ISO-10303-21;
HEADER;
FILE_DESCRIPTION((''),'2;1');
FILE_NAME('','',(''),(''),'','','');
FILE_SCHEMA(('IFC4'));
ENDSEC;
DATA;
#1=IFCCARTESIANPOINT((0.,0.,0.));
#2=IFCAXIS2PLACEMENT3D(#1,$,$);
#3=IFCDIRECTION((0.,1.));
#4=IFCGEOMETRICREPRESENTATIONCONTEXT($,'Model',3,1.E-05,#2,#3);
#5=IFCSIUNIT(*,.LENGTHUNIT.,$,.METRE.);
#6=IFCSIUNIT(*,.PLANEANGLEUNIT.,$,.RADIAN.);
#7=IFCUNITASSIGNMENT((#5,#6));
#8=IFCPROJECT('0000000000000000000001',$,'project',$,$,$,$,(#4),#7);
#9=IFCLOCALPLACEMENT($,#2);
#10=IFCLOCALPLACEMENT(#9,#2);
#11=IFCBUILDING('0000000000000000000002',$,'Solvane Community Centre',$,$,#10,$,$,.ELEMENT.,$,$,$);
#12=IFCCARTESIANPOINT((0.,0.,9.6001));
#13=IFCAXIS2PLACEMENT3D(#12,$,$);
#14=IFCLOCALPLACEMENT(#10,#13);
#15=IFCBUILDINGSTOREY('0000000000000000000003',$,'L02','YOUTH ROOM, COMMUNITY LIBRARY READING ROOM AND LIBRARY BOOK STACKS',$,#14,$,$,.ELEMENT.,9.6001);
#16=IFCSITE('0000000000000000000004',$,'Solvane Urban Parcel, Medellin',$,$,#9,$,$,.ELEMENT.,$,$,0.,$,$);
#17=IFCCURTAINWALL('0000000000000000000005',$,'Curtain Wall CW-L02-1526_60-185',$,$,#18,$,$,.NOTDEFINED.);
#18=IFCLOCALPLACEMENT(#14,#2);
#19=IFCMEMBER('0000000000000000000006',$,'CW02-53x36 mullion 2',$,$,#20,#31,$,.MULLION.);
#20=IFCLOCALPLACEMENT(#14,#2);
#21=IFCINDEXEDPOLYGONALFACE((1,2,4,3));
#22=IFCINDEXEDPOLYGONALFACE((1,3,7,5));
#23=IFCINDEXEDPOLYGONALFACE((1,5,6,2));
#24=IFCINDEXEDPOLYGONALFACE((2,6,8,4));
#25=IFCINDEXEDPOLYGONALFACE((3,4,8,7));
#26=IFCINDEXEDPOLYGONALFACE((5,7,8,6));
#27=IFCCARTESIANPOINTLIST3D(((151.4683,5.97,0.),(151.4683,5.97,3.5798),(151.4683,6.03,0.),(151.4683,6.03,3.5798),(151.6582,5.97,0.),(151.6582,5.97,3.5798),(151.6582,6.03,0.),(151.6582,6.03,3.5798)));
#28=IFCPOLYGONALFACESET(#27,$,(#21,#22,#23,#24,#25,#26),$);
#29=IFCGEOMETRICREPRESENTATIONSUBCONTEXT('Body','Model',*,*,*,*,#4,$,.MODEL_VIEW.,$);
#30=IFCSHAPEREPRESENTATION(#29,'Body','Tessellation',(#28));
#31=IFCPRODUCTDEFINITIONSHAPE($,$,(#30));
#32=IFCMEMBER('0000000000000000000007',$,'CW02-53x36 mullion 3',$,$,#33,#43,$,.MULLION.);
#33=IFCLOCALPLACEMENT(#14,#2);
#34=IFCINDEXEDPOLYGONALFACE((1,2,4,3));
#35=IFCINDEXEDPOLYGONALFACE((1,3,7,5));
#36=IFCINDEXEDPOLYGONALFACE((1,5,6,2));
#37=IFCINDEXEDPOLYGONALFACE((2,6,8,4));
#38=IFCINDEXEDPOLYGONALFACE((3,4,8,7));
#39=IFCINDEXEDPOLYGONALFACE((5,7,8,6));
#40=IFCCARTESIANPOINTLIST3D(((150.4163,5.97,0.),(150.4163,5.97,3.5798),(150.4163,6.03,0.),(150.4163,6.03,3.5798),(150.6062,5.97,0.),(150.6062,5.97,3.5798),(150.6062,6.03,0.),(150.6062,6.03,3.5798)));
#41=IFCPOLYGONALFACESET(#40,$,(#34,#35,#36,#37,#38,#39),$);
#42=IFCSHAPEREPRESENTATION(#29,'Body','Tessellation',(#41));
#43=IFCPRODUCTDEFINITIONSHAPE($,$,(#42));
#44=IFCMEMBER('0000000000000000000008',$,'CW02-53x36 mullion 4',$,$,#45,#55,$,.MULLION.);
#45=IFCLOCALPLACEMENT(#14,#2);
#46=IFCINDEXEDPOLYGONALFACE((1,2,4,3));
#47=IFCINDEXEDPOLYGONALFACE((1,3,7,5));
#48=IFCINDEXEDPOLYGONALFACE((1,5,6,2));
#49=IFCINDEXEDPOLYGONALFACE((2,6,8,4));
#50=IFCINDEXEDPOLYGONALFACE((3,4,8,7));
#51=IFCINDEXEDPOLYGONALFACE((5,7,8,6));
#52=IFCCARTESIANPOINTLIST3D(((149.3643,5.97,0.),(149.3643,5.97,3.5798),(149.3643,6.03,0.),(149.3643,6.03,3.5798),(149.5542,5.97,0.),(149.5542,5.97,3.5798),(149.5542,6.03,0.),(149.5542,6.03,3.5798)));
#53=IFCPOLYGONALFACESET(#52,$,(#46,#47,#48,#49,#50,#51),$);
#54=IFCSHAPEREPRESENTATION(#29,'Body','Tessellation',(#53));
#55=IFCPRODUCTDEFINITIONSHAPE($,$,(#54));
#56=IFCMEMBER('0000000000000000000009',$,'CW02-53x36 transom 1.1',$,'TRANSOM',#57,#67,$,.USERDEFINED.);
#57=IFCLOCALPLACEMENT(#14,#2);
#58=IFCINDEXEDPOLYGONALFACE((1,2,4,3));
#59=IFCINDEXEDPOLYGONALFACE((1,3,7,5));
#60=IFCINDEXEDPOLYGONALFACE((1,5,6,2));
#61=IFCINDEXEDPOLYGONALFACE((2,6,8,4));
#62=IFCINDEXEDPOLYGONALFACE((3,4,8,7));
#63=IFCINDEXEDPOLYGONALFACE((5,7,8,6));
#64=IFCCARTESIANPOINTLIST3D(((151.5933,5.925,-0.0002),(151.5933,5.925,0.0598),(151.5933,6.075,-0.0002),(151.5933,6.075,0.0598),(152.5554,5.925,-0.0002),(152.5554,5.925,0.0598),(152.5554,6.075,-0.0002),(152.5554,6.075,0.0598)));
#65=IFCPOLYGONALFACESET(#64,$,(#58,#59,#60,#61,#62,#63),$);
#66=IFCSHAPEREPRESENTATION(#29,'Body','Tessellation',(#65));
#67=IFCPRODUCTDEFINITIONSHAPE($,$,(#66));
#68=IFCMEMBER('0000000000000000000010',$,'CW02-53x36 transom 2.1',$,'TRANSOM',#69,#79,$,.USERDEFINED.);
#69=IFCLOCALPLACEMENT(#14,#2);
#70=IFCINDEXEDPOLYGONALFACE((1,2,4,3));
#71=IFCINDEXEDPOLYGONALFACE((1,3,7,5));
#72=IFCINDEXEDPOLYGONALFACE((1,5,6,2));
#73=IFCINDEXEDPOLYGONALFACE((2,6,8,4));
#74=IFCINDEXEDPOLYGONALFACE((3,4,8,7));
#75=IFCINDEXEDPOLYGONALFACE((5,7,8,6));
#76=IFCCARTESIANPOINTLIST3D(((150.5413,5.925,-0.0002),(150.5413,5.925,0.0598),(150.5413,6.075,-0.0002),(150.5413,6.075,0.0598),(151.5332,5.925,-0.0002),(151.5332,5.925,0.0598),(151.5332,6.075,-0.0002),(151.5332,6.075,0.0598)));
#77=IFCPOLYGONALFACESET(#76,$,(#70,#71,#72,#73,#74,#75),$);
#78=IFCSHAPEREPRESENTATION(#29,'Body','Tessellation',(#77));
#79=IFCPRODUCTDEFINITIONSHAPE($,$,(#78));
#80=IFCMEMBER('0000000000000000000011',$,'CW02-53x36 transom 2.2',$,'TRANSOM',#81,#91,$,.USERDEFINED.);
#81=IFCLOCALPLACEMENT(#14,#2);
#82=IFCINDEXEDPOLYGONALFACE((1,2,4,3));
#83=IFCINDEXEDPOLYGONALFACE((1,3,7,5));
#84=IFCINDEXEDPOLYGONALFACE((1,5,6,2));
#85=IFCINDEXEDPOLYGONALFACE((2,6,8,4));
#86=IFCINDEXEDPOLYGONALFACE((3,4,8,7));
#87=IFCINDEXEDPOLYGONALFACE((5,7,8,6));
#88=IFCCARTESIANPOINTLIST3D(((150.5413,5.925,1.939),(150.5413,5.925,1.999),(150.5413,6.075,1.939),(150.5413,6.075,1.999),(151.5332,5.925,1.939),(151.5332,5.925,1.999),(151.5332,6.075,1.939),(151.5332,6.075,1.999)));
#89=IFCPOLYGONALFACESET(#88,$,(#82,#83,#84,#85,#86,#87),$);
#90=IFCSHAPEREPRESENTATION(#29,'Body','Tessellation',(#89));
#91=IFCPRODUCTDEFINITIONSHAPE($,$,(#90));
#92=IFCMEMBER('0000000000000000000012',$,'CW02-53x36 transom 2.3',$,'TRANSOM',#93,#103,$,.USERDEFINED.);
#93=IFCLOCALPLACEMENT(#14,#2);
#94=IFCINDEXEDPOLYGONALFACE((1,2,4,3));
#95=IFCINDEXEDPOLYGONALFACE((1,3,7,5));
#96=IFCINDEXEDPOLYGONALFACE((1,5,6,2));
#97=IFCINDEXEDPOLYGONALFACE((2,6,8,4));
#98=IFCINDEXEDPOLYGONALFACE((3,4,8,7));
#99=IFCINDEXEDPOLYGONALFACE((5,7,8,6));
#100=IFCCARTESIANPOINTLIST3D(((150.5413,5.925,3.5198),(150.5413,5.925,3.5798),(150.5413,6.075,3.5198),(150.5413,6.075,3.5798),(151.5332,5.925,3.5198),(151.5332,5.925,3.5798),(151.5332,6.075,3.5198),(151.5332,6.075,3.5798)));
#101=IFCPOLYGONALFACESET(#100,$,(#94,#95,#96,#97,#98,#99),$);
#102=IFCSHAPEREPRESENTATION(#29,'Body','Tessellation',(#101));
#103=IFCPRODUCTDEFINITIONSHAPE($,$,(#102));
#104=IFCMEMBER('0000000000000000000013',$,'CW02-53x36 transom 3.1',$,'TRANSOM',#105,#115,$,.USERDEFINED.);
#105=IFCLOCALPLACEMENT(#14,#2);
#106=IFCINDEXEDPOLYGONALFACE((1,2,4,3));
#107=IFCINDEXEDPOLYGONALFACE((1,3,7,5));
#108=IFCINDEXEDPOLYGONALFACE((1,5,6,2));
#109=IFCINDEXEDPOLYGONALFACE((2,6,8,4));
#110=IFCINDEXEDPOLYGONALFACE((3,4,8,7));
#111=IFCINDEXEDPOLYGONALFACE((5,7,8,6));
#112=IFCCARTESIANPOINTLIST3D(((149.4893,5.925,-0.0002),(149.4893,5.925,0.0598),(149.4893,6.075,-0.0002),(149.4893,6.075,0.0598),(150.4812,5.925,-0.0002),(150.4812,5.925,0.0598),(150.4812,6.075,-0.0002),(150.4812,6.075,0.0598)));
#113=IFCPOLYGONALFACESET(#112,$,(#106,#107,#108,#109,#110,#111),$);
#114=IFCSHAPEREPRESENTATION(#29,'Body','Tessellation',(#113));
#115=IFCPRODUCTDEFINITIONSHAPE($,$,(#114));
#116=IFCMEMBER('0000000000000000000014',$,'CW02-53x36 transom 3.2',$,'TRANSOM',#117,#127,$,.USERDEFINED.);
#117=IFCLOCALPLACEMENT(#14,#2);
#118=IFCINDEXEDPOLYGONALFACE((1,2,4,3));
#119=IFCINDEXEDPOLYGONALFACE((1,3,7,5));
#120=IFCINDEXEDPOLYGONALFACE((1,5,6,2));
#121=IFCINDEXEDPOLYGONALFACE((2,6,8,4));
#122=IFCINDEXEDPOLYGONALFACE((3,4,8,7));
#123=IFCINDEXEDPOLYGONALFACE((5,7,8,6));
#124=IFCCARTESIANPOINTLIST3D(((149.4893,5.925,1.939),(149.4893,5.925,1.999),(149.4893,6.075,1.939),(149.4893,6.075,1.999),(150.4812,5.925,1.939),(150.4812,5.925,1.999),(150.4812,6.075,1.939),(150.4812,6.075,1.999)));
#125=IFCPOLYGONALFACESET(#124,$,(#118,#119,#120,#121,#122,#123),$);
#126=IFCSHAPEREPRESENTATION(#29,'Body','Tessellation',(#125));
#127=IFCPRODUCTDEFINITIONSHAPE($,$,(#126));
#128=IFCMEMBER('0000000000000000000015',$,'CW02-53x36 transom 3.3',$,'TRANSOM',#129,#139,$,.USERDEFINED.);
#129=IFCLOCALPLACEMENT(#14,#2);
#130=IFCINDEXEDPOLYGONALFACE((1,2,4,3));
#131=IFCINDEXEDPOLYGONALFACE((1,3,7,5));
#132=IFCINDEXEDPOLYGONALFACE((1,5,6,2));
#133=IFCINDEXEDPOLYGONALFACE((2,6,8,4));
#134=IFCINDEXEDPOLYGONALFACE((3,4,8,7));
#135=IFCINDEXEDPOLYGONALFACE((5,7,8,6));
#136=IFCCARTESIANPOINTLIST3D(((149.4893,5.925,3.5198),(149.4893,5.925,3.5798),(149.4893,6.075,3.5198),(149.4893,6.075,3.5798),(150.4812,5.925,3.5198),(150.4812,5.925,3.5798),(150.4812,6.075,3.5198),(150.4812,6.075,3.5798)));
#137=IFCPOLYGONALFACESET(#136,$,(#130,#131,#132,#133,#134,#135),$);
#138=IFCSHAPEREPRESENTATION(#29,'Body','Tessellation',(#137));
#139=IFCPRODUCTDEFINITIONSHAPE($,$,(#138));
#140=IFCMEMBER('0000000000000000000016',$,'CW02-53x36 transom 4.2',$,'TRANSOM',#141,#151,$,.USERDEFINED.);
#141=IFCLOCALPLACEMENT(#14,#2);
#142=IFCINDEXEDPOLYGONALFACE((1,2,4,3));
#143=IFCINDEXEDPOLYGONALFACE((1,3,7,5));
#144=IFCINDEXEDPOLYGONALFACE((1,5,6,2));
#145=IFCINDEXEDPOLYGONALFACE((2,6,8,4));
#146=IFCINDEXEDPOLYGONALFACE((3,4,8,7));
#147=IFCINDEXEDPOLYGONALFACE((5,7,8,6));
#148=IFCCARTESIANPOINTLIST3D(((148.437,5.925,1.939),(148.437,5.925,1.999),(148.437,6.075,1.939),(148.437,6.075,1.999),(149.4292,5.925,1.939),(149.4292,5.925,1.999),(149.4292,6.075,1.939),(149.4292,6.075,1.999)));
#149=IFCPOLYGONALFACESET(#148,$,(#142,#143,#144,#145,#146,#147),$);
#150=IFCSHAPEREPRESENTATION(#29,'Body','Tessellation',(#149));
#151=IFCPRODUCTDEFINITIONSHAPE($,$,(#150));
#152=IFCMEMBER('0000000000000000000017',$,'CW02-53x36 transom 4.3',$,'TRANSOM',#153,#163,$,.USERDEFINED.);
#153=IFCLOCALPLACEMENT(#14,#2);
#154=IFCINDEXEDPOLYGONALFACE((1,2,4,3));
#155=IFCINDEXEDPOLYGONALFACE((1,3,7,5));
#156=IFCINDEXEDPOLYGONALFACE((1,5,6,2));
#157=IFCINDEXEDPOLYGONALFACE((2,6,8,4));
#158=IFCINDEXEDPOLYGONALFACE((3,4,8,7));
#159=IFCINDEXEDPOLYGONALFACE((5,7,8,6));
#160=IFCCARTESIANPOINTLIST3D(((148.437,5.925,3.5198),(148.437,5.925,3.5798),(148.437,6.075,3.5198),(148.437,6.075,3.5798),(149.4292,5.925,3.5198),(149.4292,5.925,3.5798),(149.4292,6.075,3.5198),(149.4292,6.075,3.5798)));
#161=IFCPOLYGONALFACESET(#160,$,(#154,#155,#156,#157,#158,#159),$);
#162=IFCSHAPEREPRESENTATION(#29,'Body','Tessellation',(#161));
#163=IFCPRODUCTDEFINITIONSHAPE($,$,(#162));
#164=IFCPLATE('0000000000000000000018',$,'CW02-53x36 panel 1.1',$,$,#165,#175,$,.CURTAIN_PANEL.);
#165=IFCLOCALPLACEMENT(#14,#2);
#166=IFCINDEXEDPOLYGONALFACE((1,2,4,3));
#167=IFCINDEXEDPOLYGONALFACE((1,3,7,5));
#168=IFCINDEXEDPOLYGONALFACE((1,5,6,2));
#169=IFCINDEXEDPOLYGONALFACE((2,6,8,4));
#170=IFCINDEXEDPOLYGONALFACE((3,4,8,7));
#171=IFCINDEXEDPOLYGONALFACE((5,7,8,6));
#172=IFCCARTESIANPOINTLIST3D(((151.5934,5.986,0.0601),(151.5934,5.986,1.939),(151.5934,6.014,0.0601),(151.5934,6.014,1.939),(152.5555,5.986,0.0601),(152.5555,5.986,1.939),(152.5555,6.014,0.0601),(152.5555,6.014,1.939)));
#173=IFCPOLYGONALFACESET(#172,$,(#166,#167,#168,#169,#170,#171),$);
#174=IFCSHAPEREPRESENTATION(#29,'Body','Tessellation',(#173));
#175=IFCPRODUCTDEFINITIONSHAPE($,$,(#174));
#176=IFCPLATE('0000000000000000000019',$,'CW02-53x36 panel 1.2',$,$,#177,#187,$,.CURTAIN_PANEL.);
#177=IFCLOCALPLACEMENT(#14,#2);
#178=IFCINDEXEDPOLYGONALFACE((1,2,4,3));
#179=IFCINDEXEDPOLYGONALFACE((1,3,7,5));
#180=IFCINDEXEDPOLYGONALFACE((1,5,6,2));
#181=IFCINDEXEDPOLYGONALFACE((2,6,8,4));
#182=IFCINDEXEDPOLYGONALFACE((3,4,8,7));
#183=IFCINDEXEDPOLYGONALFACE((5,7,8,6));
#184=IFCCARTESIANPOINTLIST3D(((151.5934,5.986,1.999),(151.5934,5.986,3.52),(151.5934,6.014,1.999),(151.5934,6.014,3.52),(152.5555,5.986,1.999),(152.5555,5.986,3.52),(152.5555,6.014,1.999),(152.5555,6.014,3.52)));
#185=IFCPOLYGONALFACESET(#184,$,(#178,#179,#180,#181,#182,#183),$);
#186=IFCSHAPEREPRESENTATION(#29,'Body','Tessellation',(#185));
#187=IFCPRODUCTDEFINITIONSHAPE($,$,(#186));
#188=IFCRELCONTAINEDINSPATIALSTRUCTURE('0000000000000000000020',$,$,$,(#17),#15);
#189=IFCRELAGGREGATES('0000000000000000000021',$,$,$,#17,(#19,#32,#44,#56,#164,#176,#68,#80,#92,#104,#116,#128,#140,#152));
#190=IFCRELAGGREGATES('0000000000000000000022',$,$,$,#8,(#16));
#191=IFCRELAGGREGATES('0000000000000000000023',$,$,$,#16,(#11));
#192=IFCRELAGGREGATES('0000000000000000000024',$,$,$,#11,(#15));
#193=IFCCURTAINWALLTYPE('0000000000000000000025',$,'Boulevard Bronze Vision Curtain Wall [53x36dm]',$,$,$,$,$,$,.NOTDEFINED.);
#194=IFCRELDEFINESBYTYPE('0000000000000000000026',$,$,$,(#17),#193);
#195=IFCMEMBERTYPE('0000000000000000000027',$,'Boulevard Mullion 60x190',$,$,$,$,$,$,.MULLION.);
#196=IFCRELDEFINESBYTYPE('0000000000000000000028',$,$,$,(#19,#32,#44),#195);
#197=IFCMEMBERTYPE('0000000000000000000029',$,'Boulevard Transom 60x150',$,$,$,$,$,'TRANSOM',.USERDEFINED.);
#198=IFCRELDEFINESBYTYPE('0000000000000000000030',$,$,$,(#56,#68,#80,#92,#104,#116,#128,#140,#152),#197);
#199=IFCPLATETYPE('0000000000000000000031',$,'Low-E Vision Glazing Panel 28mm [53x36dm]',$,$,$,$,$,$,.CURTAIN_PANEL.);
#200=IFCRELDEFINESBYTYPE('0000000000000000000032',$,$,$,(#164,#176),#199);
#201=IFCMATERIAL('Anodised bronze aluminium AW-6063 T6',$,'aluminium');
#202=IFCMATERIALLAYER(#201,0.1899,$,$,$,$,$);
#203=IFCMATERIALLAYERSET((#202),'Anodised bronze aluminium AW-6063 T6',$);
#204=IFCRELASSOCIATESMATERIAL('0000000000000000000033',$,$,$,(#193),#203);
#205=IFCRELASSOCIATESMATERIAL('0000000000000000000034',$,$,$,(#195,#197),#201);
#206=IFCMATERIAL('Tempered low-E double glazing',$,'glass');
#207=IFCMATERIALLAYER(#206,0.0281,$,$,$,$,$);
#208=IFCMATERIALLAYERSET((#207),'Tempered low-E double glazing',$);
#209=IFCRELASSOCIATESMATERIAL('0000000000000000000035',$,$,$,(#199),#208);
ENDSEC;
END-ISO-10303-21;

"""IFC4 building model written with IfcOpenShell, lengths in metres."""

from ifc_helpers import new_model, si_unit, direction, frame, origin, origin_2d, place, context, subcontext, project, spatial, rectangle, extrude, material, layer, layer_set, material_profile, profile_set, type_object, element, aggregate, save


model = new_model("IFC4")

# Units and contexts
model_context = context("Model", 3, precision=1e-05, world=origin(), true_north=direction((0.0, 1.0)))
body_context = subcontext(model_context, "Body", "Model", "MODEL_VIEW")
ifc_project = project(units=[si_unit("LENGTHUNIT", "METRE"), si_unit("PLANEANGLEUNIT", "RADIAN")], contexts=[model_context])

# Site, building, storey
site_placement = place(None, origin())
site = spatial("IfcSite", under=ifc_project, at=site_placement, Name="Solvane Urban Parcel, Medellin", CompositionType="ELEMENT", RefElevation=0.0)
building_placement = place(site_placement, origin())
building = spatial("IfcBuilding", under=site, at=building_placement, Name="Solvane Community Centre", CompositionType="ELEMENT")
storey_placement = place(building_placement, frame((0.0, 0.0, 9.6001)))
storey = spatial("IfcBuildingStorey", under=building, at=storey_placement, Name="L02", Description="YOUTH ROOM, COMMUNITY LIBRARY READING ROOM AND LIBRARY BOOK STACKS", CompositionType="ELEMENT", Elevation=9.6001)

# Curtain wall, members, plates
ifc_material_1 = material(Name="Anodised bronze aluminium AW-6063 T6", Category="aluminium")
ifc_layer_1 = layer(ifc_material_1, 0.1899)
ifc_layer_set_1 = layer_set([ifc_layer_1], Name="Anodised bronze aluminium AW-6063 T6")
curtain_wall_type = type_object("IfcCurtainWallType", Name="Boulevard Bronze Vision Curtain Wall [53x36dm]", PredefinedType="NOTDEFINED", material=ifc_layer_set_1)
curtain_wall_placement = place(storey_placement, origin())
curtain_wall = element("IfcCurtainWall", 1, at=curtain_wall_placement, inside=storey, type_object=curtain_wall_type, Name="Curtain Wall CW-L02-1526_60-185", PredefinedType="NOTDEFINED")
ifc_material_profile_1 = material_profile(ifc_material_1, rectangle(XDim=0.0601, YDim=0.1899, at=origin_2d()), Name="CW-M 60x190")
ifc_profile_set_1 = profile_set([ifc_material_profile_1], Name="Anodised bronze aluminium AW-6063 T6")
member_type_1 = type_object("IfcMemberType", Name="Boulevard Mullion 60x190", PredefinedType="MULLION", material=ifc_profile_set_1)
member_1_placement = place(storey_placement, frame((151.5632, 6.0, 0.0), z_axis=(0.0, 0.0, 1.0), x_axis=(0.0, -1.0, 0.0)))
member_1 = element("IfcMember", 2, at=member_1_placement, type_object=member_type_1, Name="CW02-53x36 mullion 2", PredefinedType="MULLION", context=body_context, shape_type="SweptSolid", body=[
    extrude(rectangle(XDim=0.0601, YDim=0.1899, at=origin_2d()), origin(), (0.0, 0.0, 1.0), 3.5798),
])
member_2_placement = place(storey_placement, frame((150.5112, 6.0, 0.0), z_axis=(0.0, 0.0, 1.0), x_axis=(0.0, -1.0, 0.0)))
member_2 = element("IfcMember", 3, at=member_2_placement, type_object=member_type_1, Name="CW02-53x36 mullion 3", PredefinedType="MULLION", context=body_context, shape_type="SweptSolid", body=[
    extrude(rectangle(XDim=0.0601, YDim=0.1899, at=origin_2d()), origin(), (0.0, 0.0, 1.0), 3.5798),
])
member_3_placement = place(storey_placement, frame((149.4592, 6.0, 0.0), z_axis=(0.0, 0.0, 1.0), x_axis=(0.0, -1.0, 0.0)))
member_3 = element("IfcMember", 4, at=member_3_placement, type_object=member_type_1, Name="CW02-53x36 mullion 4", PredefinedType="MULLION", context=body_context, shape_type="SweptSolid", body=[
    extrude(rectangle(XDim=0.0601, YDim=0.1899, at=origin_2d()), origin(), (0.0, 0.0, 1.0), 3.5798),
])
ifc_material_profile_2 = material_profile(ifc_material_1, rectangle(XDim=0.1499, YDim=0.0601, at=origin_2d()), Name="CW-T 60x150")
ifc_profile_set_2 = profile_set([ifc_material_profile_2], Name="Anodised bronze aluminium AW-6063 T6")
member_type_2 = type_object("IfcMemberType", Name="Boulevard Transom 60x150", ElementType="TRANSOM", PredefinedType="USERDEFINED", material=ifc_profile_set_2)
member_4_placement = place(storey_placement, frame((152.5554, 6.0, 0.0298), z_axis=(-1.0, 0.0, 0.0), x_axis=(0.0, -1.0, 0.0)))
member_4 = element("IfcMember", 5, at=member_4_placement, type_object=member_type_2, Name="CW02-53x36 transom 1.1", ObjectType="TRANSOM", PredefinedType="USERDEFINED", context=body_context, shape_type="SweptSolid", body=[
    extrude(rectangle(XDim=0.1499, YDim=0.0601, at=origin_2d()), origin(), (0.0, 0.0, 1.0), 0.9622),
])
member_5_placement = place(storey_placement, frame((151.5332, 6.0, 0.0298), z_axis=(-1.0, 0.0, 0.0), x_axis=(0.0, -1.0, 0.0)))
member_5 = element("IfcMember", 6, at=member_5_placement, type_object=member_type_2, Name="CW02-53x36 transom 2.1", ObjectType="TRANSOM", PredefinedType="USERDEFINED", context=body_context, shape_type="SweptSolid", body=[
    extrude(rectangle(XDim=0.1499, YDim=0.0601, at=origin_2d()), origin(), (0.0, 0.0, 1.0), 0.9919),
])
member_6_placement = place(storey_placement, frame((151.5332, 6.0, 1.969), z_axis=(-1.0, 0.0, 0.0), x_axis=(0.0, -1.0, 0.0)))
member_6 = element("IfcMember", 7, at=member_6_placement, type_object=member_type_2, Name="CW02-53x36 transom 2.2", ObjectType="TRANSOM", PredefinedType="USERDEFINED", context=body_context, shape_type="SweptSolid", body=[
    extrude(rectangle(XDim=0.1499, YDim=0.0601, at=origin_2d()), origin(), (0.0, 0.0, 1.0), 0.9919),
])
member_7_placement = place(storey_placement, frame((151.5332, 6.0, 3.5498), z_axis=(-1.0, 0.0, 0.0), x_axis=(0.0, -1.0, 0.0)))
member_7 = element("IfcMember", 8, at=member_7_placement, type_object=member_type_2, Name="CW02-53x36 transom 2.3", ObjectType="TRANSOM", PredefinedType="USERDEFINED", context=body_context, shape_type="SweptSolid", body=[
    extrude(rectangle(XDim=0.1499, YDim=0.0601, at=origin_2d()), origin(), (0.0, 0.0, 1.0), 0.9919),
])
member_8_placement = place(storey_placement, frame((150.4812, 6.0, 0.0298), z_axis=(-1.0, 0.0, 0.0), x_axis=(0.0, -1.0, 0.0)))
member_8 = element("IfcMember", 9, at=member_8_placement, type_object=member_type_2, Name="CW02-53x36 transom 3.1", ObjectType="TRANSOM", PredefinedType="USERDEFINED", context=body_context, shape_type="SweptSolid", body=[
    extrude(rectangle(XDim=0.1499, YDim=0.0601, at=origin_2d()), origin(), (0.0, 0.0, 1.0), 0.9919),
])
member_9_placement = place(storey_placement, frame((150.4812, 6.0, 1.969), z_axis=(-1.0, 0.0, 0.0), x_axis=(0.0, -1.0, 0.0)))
member_9 = element("IfcMember", 10, at=member_9_placement, type_object=member_type_2, Name="CW02-53x36 transom 3.2", ObjectType="TRANSOM", PredefinedType="USERDEFINED", context=body_context, shape_type="SweptSolid", body=[
    extrude(rectangle(XDim=0.1499, YDim=0.0601, at=origin_2d()), origin(), (0.0, 0.0, 1.0), 0.9919),
])
member_10_placement = place(storey_placement, frame((150.4812, 6.0, 3.5498), z_axis=(-1.0, 0.0, 0.0), x_axis=(0.0, -1.0, 0.0)))
member_10 = element("IfcMember", 11, at=member_10_placement, type_object=member_type_2, Name="CW02-53x36 transom 3.3", ObjectType="TRANSOM", PredefinedType="USERDEFINED", context=body_context, shape_type="SweptSolid", body=[
    extrude(rectangle(XDim=0.1499, YDim=0.0601, at=origin_2d()), origin(), (0.0, 0.0, 1.0), 0.9919),
])
member_11_placement = place(storey_placement, frame((149.4292, 6.0, 1.969), z_axis=(-1.0, 0.0, 0.0), x_axis=(0.0, -1.0, 0.0)))
member_11 = element("IfcMember", 12, at=member_11_placement, type_object=member_type_2, Name="CW02-53x36 transom 4.2", ObjectType="TRANSOM", PredefinedType="USERDEFINED", context=body_context, shape_type="SweptSolid", body=[
    extrude(rectangle(XDim=0.1499, YDim=0.0601, at=origin_2d()), origin(), (0.0, 0.0, 1.0), 0.9922),
])
member_12_placement = place(storey_placement, frame((149.4292, 6.0, 3.5498), z_axis=(-1.0, 0.0, 0.0), x_axis=(0.0, -1.0, 0.0)))
member_12 = element("IfcMember", 13, at=member_12_placement, type_object=member_type_2, Name="CW02-53x36 transom 4.3", ObjectType="TRANSOM", PredefinedType="USERDEFINED", context=body_context, shape_type="SweptSolid", body=[
    extrude(rectangle(XDim=0.1499, YDim=0.0601, at=origin_2d()), origin(), (0.0, 0.0, 1.0), 0.9922),
])
ifc_material_2 = material(Name="Tempered low-E double glazing", Category="glass")
ifc_layer_2 = layer(ifc_material_2, 0.0281)
ifc_layer_set_2 = layer_set([ifc_layer_2], Name="Tempered low-E double glazing")
plate_type = type_object("IfcPlateType", Name="Low-E Vision Glazing Panel 28mm [53x36dm]", PredefinedType="CURTAIN_PANEL", material=ifc_layer_set_2)
plate_1_placement = place(storey_placement, frame((152.0745, 6.0, 0.0601), z_axis=(0.0, 0.0, 1.0), x_axis=(-1.0, 0.0, 0.0)))
plate_1 = element("IfcPlate", 14, at=plate_1_placement, type_object=plate_type, Name="CW02-53x36 panel 1.1", PredefinedType="CURTAIN_PANEL", context=body_context, shape_type="SweptSolid", body=[
    extrude(rectangle(XDim=0.9622, YDim=0.0281, at=origin_2d()), origin(), (0.0, 0.0, 1.0), 1.8789),
])
plate_2_placement = place(storey_placement, frame((152.0745, 6.0, 1.999), z_axis=(0.0, 0.0, 1.0), x_axis=(-1.0, 0.0, 0.0)))
plate_2 = element("IfcPlate", 15, at=plate_2_placement, type_object=plate_type, Name="CW02-53x36 panel 1.2", PredefinedType="CURTAIN_PANEL", context=body_context, shape_type="SweptSolid", body=[
    extrude(rectangle(XDim=0.9622, YDim=0.0281, at=origin_2d()), origin(), (0.0, 0.0, 1.0), 1.521),
])
aggregate(curtain_wall, [member_1, member_2, member_3, member_4, plate_1, plate_2, member_5, member_6, member_7, member_8, member_9, member_10, member_11, member_12])

save(model, "model.ifc")
